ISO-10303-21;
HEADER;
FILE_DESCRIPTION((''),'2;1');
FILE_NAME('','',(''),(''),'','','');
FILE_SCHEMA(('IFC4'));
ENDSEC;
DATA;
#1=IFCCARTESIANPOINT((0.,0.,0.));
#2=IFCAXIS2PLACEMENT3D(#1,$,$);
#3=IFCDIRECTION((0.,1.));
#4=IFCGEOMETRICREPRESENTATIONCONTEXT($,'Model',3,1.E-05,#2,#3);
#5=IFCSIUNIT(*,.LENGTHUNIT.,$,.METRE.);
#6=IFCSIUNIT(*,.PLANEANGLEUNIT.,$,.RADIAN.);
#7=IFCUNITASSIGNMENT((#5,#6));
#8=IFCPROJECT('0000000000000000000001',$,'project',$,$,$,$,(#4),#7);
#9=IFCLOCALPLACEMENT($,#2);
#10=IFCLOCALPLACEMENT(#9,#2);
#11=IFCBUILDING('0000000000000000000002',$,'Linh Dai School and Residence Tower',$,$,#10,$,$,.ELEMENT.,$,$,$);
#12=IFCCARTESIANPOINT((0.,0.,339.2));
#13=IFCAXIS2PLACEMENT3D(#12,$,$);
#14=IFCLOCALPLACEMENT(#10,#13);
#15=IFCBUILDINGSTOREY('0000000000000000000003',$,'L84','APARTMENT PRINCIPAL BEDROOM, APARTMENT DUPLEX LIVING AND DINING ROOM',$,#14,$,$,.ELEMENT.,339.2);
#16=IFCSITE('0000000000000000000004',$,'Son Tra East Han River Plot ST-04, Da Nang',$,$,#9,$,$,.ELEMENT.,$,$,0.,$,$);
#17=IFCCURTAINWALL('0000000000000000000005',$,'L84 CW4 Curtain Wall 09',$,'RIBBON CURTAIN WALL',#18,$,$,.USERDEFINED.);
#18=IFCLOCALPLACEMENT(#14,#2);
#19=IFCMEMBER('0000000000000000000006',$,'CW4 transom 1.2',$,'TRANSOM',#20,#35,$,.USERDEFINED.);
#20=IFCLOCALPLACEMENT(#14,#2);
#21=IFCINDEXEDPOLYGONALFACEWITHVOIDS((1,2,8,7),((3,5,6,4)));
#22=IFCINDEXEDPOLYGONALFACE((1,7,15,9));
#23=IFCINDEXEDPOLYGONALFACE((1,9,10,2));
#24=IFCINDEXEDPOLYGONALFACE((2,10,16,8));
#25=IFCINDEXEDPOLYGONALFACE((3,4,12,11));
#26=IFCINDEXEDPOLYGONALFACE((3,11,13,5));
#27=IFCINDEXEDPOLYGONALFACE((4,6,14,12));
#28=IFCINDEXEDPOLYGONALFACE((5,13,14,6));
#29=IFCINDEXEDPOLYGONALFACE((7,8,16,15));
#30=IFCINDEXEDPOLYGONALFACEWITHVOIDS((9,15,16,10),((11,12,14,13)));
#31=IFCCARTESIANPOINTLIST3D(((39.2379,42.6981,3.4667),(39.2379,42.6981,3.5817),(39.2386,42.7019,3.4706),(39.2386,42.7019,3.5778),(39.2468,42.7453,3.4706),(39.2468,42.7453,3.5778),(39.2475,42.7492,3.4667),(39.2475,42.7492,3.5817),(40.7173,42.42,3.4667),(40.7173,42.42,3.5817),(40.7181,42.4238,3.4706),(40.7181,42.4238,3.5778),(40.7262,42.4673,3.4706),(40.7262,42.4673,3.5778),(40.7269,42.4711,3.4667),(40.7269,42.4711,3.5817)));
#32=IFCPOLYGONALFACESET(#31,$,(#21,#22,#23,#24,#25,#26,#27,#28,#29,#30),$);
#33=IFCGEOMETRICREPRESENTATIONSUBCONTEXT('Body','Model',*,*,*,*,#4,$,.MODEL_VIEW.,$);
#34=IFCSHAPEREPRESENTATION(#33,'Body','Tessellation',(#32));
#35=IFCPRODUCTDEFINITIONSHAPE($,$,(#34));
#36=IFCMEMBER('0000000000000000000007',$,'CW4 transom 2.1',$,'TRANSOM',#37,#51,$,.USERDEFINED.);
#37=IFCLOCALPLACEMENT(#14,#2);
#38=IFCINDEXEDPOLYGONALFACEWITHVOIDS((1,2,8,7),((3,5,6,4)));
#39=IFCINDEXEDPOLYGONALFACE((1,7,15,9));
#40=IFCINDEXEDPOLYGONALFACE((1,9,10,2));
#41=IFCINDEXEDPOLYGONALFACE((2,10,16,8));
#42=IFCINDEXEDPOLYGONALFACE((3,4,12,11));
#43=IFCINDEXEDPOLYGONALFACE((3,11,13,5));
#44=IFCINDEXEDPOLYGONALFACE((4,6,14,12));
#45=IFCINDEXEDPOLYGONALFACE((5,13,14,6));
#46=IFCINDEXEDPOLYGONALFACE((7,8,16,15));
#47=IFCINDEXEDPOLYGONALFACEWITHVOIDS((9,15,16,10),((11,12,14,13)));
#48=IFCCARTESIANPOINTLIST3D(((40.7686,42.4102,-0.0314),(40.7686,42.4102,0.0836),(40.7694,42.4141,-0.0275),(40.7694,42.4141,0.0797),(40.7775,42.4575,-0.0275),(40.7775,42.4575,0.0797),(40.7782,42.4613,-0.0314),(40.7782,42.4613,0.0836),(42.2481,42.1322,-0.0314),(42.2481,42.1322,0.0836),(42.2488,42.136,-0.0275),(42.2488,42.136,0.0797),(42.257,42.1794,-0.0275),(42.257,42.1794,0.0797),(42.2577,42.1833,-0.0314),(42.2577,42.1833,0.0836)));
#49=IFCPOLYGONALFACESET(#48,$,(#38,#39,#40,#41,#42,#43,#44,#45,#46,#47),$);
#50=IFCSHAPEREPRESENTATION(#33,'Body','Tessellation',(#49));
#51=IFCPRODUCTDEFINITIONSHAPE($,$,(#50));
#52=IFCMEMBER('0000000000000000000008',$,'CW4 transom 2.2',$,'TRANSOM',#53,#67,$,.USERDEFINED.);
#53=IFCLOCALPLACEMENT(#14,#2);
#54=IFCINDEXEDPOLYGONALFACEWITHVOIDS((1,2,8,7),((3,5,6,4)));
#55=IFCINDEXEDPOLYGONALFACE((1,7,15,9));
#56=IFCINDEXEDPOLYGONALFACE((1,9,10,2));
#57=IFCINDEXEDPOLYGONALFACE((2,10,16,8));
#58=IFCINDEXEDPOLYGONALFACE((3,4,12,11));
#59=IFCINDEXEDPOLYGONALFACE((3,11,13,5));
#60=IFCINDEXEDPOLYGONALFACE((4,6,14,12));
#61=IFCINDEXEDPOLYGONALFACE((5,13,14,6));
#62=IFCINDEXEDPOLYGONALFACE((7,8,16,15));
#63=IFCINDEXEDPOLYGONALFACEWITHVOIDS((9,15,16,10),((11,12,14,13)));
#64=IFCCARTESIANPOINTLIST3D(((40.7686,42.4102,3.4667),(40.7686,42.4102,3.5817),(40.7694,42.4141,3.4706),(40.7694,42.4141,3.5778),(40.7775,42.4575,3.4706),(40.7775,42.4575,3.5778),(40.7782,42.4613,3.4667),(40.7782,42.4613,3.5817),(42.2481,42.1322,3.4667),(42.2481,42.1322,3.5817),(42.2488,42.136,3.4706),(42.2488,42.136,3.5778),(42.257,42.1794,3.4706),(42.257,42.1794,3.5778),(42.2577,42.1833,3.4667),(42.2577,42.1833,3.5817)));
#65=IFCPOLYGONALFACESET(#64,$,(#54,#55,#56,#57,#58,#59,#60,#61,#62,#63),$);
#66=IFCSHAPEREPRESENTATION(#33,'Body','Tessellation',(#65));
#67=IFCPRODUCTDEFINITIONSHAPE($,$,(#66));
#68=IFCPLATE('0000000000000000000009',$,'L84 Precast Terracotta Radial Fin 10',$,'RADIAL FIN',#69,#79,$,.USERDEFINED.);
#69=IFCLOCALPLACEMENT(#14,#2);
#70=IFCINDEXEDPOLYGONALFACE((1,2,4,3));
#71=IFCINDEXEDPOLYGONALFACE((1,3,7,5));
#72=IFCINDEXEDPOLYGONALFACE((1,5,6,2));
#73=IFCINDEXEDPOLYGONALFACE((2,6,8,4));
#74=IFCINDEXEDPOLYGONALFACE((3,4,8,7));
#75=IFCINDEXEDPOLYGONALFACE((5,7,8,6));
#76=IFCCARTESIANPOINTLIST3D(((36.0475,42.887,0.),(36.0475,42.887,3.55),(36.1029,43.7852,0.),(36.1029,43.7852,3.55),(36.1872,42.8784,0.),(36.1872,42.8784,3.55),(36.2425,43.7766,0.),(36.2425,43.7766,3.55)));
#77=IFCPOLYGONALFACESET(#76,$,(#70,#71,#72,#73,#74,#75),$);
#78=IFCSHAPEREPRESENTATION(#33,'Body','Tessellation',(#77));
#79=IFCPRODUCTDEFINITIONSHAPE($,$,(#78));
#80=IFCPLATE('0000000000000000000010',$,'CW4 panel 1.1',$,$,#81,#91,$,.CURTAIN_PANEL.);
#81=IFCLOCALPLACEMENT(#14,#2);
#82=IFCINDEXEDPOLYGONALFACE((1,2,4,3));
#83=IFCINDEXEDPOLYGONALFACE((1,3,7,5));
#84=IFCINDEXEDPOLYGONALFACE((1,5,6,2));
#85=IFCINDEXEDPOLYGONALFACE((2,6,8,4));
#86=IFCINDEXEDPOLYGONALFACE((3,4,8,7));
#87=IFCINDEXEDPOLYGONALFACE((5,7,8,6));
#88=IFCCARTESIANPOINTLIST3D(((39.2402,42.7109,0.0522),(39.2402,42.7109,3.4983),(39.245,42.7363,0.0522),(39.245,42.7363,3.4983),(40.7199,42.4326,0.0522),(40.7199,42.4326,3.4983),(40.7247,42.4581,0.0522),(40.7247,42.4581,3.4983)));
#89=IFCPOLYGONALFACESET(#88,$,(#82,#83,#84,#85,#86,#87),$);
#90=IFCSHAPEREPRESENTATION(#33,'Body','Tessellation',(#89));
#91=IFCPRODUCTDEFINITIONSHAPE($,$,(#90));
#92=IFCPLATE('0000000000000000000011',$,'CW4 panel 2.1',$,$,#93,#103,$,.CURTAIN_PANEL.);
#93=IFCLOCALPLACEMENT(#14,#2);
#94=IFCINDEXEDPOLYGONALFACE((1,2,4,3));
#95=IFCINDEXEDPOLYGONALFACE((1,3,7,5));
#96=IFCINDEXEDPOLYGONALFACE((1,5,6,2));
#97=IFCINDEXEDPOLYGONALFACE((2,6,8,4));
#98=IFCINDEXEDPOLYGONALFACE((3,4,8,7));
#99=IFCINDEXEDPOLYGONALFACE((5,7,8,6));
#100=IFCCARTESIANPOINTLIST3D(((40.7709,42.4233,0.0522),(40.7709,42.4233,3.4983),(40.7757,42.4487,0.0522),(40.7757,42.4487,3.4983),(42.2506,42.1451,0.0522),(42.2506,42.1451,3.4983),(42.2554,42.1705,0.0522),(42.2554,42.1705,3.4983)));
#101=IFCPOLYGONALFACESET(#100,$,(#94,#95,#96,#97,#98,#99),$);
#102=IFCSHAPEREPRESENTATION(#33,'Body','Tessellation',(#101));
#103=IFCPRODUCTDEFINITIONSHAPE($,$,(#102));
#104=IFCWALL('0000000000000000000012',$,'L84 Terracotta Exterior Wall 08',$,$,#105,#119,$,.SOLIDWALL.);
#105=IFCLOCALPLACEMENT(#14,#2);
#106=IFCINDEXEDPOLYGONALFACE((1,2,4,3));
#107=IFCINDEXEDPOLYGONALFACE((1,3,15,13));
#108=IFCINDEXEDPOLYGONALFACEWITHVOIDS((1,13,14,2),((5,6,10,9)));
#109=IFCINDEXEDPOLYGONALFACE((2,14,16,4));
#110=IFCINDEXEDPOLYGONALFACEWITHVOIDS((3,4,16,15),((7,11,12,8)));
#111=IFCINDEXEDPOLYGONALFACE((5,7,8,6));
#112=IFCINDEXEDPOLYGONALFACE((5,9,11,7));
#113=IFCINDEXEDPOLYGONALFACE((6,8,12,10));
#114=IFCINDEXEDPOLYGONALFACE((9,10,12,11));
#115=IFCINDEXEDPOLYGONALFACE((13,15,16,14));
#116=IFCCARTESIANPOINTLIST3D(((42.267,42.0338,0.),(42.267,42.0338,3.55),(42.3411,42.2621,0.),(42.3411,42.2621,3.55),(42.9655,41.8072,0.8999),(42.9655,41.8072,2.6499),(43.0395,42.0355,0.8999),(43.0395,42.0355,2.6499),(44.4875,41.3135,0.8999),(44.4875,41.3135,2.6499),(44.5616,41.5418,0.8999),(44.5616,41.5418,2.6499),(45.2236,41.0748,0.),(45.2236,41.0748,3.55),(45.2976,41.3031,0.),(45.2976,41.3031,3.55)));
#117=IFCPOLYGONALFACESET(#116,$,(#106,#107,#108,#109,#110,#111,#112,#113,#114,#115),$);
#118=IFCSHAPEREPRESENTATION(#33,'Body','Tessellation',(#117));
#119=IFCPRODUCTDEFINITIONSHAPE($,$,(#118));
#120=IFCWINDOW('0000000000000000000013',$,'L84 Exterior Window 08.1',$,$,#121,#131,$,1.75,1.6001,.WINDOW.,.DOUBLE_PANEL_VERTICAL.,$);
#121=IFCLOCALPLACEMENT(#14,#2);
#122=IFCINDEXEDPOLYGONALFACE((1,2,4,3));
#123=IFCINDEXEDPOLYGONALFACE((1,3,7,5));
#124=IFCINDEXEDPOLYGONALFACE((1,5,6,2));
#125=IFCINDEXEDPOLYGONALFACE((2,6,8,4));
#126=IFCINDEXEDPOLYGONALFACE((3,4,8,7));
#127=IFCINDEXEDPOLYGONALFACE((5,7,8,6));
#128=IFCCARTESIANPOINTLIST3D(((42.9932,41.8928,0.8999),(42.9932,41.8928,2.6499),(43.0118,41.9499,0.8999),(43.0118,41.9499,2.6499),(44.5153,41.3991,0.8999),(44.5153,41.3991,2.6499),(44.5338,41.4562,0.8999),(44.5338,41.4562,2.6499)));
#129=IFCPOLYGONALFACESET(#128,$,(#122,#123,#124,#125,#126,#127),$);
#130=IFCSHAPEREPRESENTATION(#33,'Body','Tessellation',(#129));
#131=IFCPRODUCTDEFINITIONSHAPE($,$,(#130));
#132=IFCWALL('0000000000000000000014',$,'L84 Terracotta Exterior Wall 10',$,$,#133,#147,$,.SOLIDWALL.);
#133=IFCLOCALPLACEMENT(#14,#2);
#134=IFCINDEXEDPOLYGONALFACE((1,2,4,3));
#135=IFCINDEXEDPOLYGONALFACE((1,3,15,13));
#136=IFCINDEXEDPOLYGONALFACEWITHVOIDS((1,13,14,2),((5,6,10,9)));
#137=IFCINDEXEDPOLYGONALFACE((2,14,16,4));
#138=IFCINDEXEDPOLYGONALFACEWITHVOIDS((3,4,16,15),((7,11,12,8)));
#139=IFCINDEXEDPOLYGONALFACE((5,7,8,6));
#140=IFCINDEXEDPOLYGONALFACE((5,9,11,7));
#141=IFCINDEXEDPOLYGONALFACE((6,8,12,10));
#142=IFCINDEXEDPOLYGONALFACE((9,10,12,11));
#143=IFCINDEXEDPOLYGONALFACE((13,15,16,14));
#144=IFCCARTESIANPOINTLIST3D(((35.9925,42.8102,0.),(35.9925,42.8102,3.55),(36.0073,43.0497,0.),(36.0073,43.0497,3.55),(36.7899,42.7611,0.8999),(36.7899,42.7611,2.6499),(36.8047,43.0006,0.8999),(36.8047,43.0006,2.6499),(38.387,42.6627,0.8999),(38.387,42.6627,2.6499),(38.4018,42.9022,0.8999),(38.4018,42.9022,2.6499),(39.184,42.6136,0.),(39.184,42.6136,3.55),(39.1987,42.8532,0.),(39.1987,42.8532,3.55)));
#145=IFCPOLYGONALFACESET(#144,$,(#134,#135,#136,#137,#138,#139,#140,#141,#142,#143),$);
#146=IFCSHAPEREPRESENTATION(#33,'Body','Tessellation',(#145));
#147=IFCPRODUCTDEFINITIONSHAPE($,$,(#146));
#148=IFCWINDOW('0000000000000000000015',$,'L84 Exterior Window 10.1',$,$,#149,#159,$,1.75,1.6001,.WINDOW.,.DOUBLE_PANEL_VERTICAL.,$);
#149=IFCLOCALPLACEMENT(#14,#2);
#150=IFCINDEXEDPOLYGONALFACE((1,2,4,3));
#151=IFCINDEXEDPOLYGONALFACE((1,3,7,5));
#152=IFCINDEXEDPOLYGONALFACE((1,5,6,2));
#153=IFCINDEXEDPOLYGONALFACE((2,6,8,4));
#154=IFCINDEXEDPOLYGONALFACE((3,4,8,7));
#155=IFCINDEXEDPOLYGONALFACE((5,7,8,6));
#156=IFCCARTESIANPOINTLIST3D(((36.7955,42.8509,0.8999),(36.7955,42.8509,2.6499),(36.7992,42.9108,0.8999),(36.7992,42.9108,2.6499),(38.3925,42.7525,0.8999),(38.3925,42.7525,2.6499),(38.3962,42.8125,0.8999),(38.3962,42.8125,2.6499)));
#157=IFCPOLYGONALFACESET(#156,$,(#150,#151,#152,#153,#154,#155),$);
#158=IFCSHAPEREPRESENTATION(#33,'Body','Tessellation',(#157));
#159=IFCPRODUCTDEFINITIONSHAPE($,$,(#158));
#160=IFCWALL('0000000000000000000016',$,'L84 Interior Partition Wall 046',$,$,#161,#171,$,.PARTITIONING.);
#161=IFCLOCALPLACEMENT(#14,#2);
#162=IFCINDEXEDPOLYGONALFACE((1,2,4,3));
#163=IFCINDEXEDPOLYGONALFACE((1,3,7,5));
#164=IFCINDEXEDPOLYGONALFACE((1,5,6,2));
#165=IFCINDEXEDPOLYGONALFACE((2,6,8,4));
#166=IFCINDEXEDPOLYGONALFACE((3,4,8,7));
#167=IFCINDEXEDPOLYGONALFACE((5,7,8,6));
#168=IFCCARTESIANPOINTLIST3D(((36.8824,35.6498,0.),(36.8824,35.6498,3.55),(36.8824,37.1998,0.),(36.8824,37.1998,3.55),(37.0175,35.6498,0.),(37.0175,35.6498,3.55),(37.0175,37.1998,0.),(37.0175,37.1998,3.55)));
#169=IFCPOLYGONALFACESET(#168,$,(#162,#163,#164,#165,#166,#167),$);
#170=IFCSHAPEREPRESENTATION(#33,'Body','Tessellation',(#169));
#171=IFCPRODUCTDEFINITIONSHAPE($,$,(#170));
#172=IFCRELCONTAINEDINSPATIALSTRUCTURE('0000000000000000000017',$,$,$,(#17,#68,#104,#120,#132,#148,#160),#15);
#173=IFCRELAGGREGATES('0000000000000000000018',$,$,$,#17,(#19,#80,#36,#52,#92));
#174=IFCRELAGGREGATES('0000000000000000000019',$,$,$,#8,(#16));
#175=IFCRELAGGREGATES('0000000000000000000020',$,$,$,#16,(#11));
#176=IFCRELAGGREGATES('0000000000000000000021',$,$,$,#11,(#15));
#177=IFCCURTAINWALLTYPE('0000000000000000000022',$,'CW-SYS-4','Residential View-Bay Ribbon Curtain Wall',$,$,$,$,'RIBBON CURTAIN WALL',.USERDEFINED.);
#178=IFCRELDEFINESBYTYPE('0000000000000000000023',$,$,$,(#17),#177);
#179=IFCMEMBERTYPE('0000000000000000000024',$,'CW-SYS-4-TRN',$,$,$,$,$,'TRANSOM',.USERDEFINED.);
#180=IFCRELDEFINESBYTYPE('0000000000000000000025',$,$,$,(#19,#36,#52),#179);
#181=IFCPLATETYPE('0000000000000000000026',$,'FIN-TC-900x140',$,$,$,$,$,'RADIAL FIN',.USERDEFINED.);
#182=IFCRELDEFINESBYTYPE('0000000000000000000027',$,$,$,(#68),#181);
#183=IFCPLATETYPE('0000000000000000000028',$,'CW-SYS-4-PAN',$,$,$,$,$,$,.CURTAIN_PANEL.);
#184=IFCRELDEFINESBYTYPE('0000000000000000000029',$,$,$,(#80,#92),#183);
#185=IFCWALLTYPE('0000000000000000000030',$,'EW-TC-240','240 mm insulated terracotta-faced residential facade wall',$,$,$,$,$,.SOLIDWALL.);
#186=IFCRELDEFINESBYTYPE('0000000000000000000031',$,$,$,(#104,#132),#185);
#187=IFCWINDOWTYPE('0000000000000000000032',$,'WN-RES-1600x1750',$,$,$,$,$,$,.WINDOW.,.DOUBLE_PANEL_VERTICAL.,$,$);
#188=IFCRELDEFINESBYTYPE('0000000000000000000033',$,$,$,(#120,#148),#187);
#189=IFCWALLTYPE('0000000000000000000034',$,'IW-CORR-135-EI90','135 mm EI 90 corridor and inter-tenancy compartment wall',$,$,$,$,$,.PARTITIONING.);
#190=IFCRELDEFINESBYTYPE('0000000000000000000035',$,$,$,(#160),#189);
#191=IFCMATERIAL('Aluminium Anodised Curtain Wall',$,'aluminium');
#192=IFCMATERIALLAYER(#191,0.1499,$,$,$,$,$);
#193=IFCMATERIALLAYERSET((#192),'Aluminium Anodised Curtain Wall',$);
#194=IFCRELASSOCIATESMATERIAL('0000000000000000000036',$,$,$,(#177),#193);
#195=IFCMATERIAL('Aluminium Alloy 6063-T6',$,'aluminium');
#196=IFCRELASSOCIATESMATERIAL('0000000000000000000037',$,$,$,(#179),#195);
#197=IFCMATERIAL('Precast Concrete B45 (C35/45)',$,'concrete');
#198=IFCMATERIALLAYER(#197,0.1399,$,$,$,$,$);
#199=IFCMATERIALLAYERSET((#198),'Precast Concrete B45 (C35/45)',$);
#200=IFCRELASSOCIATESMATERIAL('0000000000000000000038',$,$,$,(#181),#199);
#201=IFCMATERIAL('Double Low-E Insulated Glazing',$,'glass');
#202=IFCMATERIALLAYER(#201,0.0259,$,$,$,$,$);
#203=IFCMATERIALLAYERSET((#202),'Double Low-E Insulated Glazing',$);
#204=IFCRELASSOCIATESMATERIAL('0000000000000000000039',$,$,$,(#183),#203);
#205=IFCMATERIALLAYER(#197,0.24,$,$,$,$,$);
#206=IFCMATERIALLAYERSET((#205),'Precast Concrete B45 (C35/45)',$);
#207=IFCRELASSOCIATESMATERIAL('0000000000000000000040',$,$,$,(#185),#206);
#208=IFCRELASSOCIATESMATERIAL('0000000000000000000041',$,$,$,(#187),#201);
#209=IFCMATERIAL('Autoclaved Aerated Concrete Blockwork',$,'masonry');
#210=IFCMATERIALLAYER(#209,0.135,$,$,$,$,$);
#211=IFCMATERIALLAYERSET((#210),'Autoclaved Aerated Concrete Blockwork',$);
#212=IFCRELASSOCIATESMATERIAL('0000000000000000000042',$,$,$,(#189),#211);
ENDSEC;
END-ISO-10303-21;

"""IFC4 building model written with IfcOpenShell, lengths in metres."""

from ifc_helpers import new_model, si_unit, direction, frame, frame_2d, origin, origin_2d, place, context, subcontext, project, spatial, rectangle, hollow_rectangle, extrude, source, transform, mapped, material, layer, layer_set, material_profile, profile_set, type_object, element, fill, aggregate, save


model = new_model("IFC4")

# Units and contexts
model_context = context("Model", 3, precision=1e-05, world=origin(), true_north=direction((0.0, 1.0)))
body_context = subcontext(model_context, "Body", "Model", "MODEL_VIEW")
ifc_project = project(units=[si_unit("LENGTHUNIT", "METRE"), si_unit("PLANEANGLEUNIT", "RADIAN")], contexts=[model_context])

# Site, building, storey
site_placement = place(None, origin())
site = spatial("IfcSite", under=ifc_project, at=site_placement, Name="Son Tra East Han River Plot ST-04, Da Nang", CompositionType="ELEMENT", RefElevation=0.0)
building_placement = place(site_placement, origin())
building = spatial("IfcBuilding", under=site, at=building_placement, Name="Linh Dai School and Residence Tower", CompositionType="ELEMENT")
storey_placement = place(building_placement, frame((0.0, 0.0, 339.2)))
storey = spatial("IfcBuildingStorey", under=building, at=storey_placement, Name="L84", Description="APARTMENT PRINCIPAL BEDROOM, APARTMENT DUPLEX LIVING AND DINING ROOM", CompositionType="ELEMENT", Elevation=339.2)

# Curtain wall, members
ifc_material_1 = material(Name="Aluminium Anodised Curtain Wall", Category="aluminium")
ifc_layer_1 = layer(ifc_material_1, 0.1499)
ifc_layer_set_1 = layer_set([ifc_layer_1], Name="Aluminium Anodised Curtain Wall")
curtain_wall_type = type_object("IfcCurtainWallType", Name="CW-SYS-4", Description="Residential View-Bay Ribbon Curtain Wall", ElementType="RIBBON CURTAIN WALL", PredefinedType="USERDEFINED", material=ifc_layer_set_1)
curtain_wall_placement = place(storey_placement, origin())
curtain_wall = element("IfcCurtainWall", 1, at=curtain_wall_placement, inside=storey, type_object=curtain_wall_type, Name="L84 CW4 Curtain Wall 09", ObjectType="RIBBON CURTAIN WALL", PredefinedType="USERDEFINED")
ifc_material_2 = material(Name="Aluminium Alloy 6063-T6", Category="aluminium")
ifc_material_profile_1 = material_profile(ifc_material_2, hollow_rectangle(XDim=0.052, YDim=0.115, WallThickness=0.0039, at=origin_2d()), Name="RHS 115x52x4")
ifc_profile_set_1 = profile_set([ifc_material_profile_1], Name="Aluminium Alloy 6063-T6")
member_type_1 = type_object("IfcMemberType", Name="CW-SYS-4-TRN", ElementType="TRANSOM", PredefinedType="USERDEFINED", material=ifc_profile_set_1)
shared_shape_1 = source(origin(), body_context, "Body", "SweptSolid", [
    extrude(hollow_rectangle(XDim=0.052, YDim=0.115, WallThickness=0.0039, at=origin_2d()), origin(), (0.0, 0.0, 1.0), 1.5054),
])
member_1_placement = place(storey_placement, frame((39.2427, 42.7236, 3.5242), z_axis=(0.982791, -0.184719, 0.0), x_axis=(0.184719, 0.982791, 0.0)))
member_1 = element("IfcMember", 2, at=member_1_placement, type_object=member_type_1, Name="CW4 transom 1.2", ObjectType="TRANSOM", PredefinedType="USERDEFINED", context=body_context, shape_type="MappedRepresentation", body=[
    mapped(shared_shape_1, transform((0.0, 0.0, 0.0), x_axis=(1.0, 0.0, 0.0), y_axis=(0.0, 1.0, 0.0), z_axis=(0.0, 0.0, 1.0), scale=1.0)),
])
member_2_placement = place(storey_placement, frame((40.7734, 42.4358, 0.0261), z_axis=(0.982791, -0.184719, 0.0), x_axis=(0.184719, 0.982791, 0.0)))
member_2 = element("IfcMember", 3, at=member_2_placement, type_object=member_type_1, Name="CW4 transom 2.1", ObjectType="TRANSOM", PredefinedType="USERDEFINED", context=body_context, shape_type="MappedRepresentation", body=[
    mapped(shared_shape_1, transform((0.0, 0.0, 0.0), x_axis=(1.0, 0.0, 0.0), y_axis=(0.0, 1.0, 0.0), z_axis=(0.0, 0.0, 1.0), scale=1.0)),
])
member_3_placement = place(storey_placement, frame((40.7734, 42.4358, 3.5242), z_axis=(0.982791, -0.184719, 0.0), x_axis=(0.184719, 0.982791, 0.0)))
member_3 = element("IfcMember", 4, at=member_3_placement, type_object=member_type_1, Name="CW4 transom 2.2", ObjectType="TRANSOM", PredefinedType="USERDEFINED", context=body_context, shape_type="MappedRepresentation", body=[
    mapped(shared_shape_1, transform((0.0, 0.0, 0.0), x_axis=(1.0, 0.0, 0.0), y_axis=(0.0, 1.0, 0.0), z_axis=(0.0, 0.0, 1.0), scale=1.0)),
])

# Plates
ifc_material_3 = material(Name="Precast Concrete B45 (C35/45)", Category="concrete")
ifc_layer_2 = layer(ifc_material_3, 0.1399)
ifc_layer_set_2 = layer_set([ifc_layer_2], Name="Precast Concrete B45 (C35/45)")
plate_type_1 = type_object("IfcPlateType", Name="FIN-TC-900x140", ElementType="RADIAL FIN", PredefinedType="USERDEFINED", material=ifc_layer_set_2)
shared_shape_2 = source(origin(), body_context, "Body", "SweptSolid", [
    extrude(rectangle(XDim=0.8999, YDim=0.1399, at=origin_2d()), origin(), (0.0, 0.0, 1.0), 3.55),
])
plate_1_placement = place(storey_placement, frame((36.145, 43.3318, 0.0), z_axis=(0.0, 0.0, 1.0), x_axis=(0.061518, 0.998106, 0.0)))
element("IfcPlate", 5, at=plate_1_placement, inside=storey, type_object=plate_type_1, Name="L84 Precast Terracotta Radial Fin 10", ObjectType="RADIAL FIN", PredefinedType="USERDEFINED", context=body_context, shape_type="MappedRepresentation", body=[
    mapped(shared_shape_2, transform((0.0, 0.0, 0.0), x_axis=(1.0, 0.0, 0.0), y_axis=(0.0, 1.0, 0.0), z_axis=(0.0, 0.0, 1.0), scale=1.0)),
])
ifc_material_4 = material(Name="Double Low-E Insulated Glazing", Category="glass")
ifc_layer_3 = layer(ifc_material_4, 0.0259)
ifc_layer_set_3 = layer_set([ifc_layer_3], Name="Double Low-E Insulated Glazing")
plate_type_2 = type_object("IfcPlateType", Name="CW-SYS-4-PAN", PredefinedType="CURTAIN_PANEL", material=ifc_layer_set_3)
shared_shape_3 = source(origin(), body_context, "Body", "SweptSolid", [
    extrude(rectangle(XDim=1.5056, YDim=0.0259, at=origin_2d()), origin(), (0.0, 0.0, 1.0), 3.446),
])
plate_2_placement = place(storey_placement, frame((39.9824, 42.5845, 0.0522), z_axis=(0.0, 0.0, 1.0), x_axis=(0.982779, -0.184785, 0.0)))
plate_2 = element("IfcPlate", 6, at=plate_2_placement, type_object=plate_type_2, Name="CW4 panel 1.1", PredefinedType="CURTAIN_PANEL", context=body_context, shape_type="MappedRepresentation", body=[
    mapped(shared_shape_3, transform((0.0, 0.0, 0.0), x_axis=(1.0, 0.0, 0.0), y_axis=(0.0, 1.0, 0.0), z_axis=(0.0, 0.0, 1.0), scale=1.0)),
])
plate_3_placement = place(storey_placement, frame((41.5132, 42.2969, 0.0522), z_axis=(0.0, 0.0, 1.0), x_axis=(0.982779, -0.184785, 0.0)))
plate_3 = element("IfcPlate", 7, at=plate_3_placement, type_object=plate_type_2, Name="CW4 panel 2.1", PredefinedType="CURTAIN_PANEL", context=body_context, shape_type="MappedRepresentation", body=[
    mapped(shared_shape_3, transform((0.0, 0.0, 0.0), x_axis=(1.0, 0.0, 0.0), y_axis=(0.0, 1.0, 0.0), z_axis=(0.0, 0.0, 1.0), scale=1.0)),
])
aggregate(curtain_wall, [member_1, plate_2, member_2, member_3, plate_3])

# Walls, openings, windows
ifc_layer_4 = layer(ifc_material_3, 0.24)
ifc_layer_set_4 = layer_set([ifc_layer_4], Name="Precast Concrete B45 (C35/45)")
wall_type_1 = type_object("IfcWallType", Name="EW-TC-240", Description="240 mm insulated terracotta-faced residential facade wall", PredefinedType="SOLIDWALL", material=ifc_layer_set_4)
wall_1_placement = place(storey_placement, frame((42.304, 42.1479, 0.0), z_axis=(0.0, 0.0, 1.0), x_axis=(0.951213, -0.308535, 0.0)))
wall_1 = element("IfcWall", 8, at=wall_1_placement, inside=storey, type_object=wall_type_1, Name="L84 Terracotta Exterior Wall 08", PredefinedType="SOLIDWALL", context=body_context, shape_type="SweptSolid", body=[
    extrude(rectangle(XDim=3.1082, YDim=0.24, at=frame_2d((1.5542, 0.0))), origin(), (0.0, 0.0, 1.0), 3.55),
])
opening_1_placement = place(wall_1_placement, frame((0.7344, 0.0, 0.8999)))
opening_1 = element("IfcOpeningElement", 9, at=opening_1_placement, cuts=wall_1, PredefinedType="OPENING", context=body_context, shape_type="SweptSolid", body=[
    extrude(rectangle(XDim=1.6001, YDim=1.75, at=origin_2d()), frame((0.8, 0.1299, 0.875), z_axis=(0.0, -1.0, 0.0), x_axis=(1.0, 0.0, 0.0)), (0.0, 0.0, 1.0), 0.26),
])
window_type = type_object("IfcWindowType", Name="WN-RES-1600x1750", PartitioningType="DOUBLE_PANEL_VERTICAL", PredefinedType="WINDOW", material=ifc_material_4)
shared_shape_4 = source(origin(), body_context, "Body", "SweptSolid", [
    extrude(rectangle(XDim=1.6001, YDim=1.75, at=origin_2d()), frame((0.8, 0.03, 0.875), z_axis=(0.0, -1.0, 0.0), x_axis=(1.0, 0.0, 0.0)), (0.0, 0.0, 1.0), 0.0601),
])
window_1_placement = place(opening_1_placement, origin())
window_1 = element("IfcWindow", 10, at=window_1_placement, inside=storey, type_object=window_type, Name="L84 Exterior Window 08.1", OverallHeight=1.75, OverallWidth=1.6001, PartitioningType="DOUBLE_PANEL_VERTICAL", PredefinedType="WINDOW", context=body_context, shape_type="MappedRepresentation", body=[
    mapped(shared_shape_4, transform((0.0, 0.0, 0.0), x_axis=(1.0, 0.0, 0.0), y_axis=(0.0, 1.0, 0.0), z_axis=(0.0, 0.0, 1.0), scale=1.0)),
])
fill(opening_1, window_1)
wall_2_placement = place(storey_placement, frame((36.0, 42.9299, 0.0), z_axis=(0.0, 0.0, 1.0), x_axis=(0.998109, -0.061466, 0.0)))
wall_2 = element("IfcWall", 11, at=wall_2_placement, inside=storey, type_object=wall_type_1, Name="L84 Terracotta Exterior Wall 10", PredefinedType="SOLIDWALL", context=body_context, shape_type="SweptSolid", body=[
    extrude(rectangle(XDim=3.1975, YDim=0.24, at=frame_2d((1.5986, 0.0))), origin(), (0.0, 0.0, 1.0), 3.55),
])
opening_2_placement = place(wall_2_placement, frame((0.7988, 0.0, 0.8999)))
opening_2 = element("IfcOpeningElement", 12, at=opening_2_placement, cuts=wall_2, PredefinedType="OPENING", context=body_context, shape_type="SweptSolid", body=[
    extrude(rectangle(XDim=1.6001, YDim=1.75, at=origin_2d()), frame((0.8, 0.1299, 0.875), z_axis=(0.0, -1.0, 0.0), x_axis=(1.0, 0.0, 0.0)), (0.0, 0.0, 1.0), 0.26),
])
window_2_placement = place(opening_2_placement, origin())
window_2 = element("IfcWindow", 13, at=window_2_placement, inside=storey, type_object=window_type, Name="L84 Exterior Window 10.1", OverallHeight=1.75, OverallWidth=1.6001, PartitioningType="DOUBLE_PANEL_VERTICAL", PredefinedType="WINDOW", context=body_context, shape_type="MappedRepresentation", body=[
    mapped(shared_shape_4, transform((0.0, 0.0, 0.0), x_axis=(1.0, 0.0, 0.0), y_axis=(0.0, 1.0, 0.0), z_axis=(0.0, 0.0, 1.0), scale=1.0)),
])
fill(opening_2, window_2)

# Wall
ifc_material_5 = material(Name="Autoclaved Aerated Concrete Blockwork", Category="masonry")
ifc_layer_5 = layer(ifc_material_5, 0.135)
ifc_layer_set_5 = layer_set([ifc_layer_5], Name="Autoclaved Aerated Concrete Blockwork")
wall_type_2 = type_object("IfcWallType", Name="IW-CORR-135-EI90", Description="135 mm EI 90 corridor and inter-tenancy compartment wall", PredefinedType="PARTITIONING", material=ifc_layer_set_5)
wall_3_placement = place(storey_placement, frame((36.95, 35.6499, 0.0), z_axis=(0.0, 0.0, 1.0), x_axis=(0.0, 1.0, 0.0)))
element("IfcWall", 14, at=wall_3_placement, inside=storey, type_object=wall_type_2, Name="L84 Interior Partition Wall 046", PredefinedType="PARTITIONING", context=body_context, shape_type="SweptSolid", body=[
    extrude(rectangle(XDim=1.55, YDim=0.135, at=frame_2d((0.7749, 0.0))), origin(), (0.0, 0.0, 1.0), 3.55),
])

save(model, "model.ifc")
